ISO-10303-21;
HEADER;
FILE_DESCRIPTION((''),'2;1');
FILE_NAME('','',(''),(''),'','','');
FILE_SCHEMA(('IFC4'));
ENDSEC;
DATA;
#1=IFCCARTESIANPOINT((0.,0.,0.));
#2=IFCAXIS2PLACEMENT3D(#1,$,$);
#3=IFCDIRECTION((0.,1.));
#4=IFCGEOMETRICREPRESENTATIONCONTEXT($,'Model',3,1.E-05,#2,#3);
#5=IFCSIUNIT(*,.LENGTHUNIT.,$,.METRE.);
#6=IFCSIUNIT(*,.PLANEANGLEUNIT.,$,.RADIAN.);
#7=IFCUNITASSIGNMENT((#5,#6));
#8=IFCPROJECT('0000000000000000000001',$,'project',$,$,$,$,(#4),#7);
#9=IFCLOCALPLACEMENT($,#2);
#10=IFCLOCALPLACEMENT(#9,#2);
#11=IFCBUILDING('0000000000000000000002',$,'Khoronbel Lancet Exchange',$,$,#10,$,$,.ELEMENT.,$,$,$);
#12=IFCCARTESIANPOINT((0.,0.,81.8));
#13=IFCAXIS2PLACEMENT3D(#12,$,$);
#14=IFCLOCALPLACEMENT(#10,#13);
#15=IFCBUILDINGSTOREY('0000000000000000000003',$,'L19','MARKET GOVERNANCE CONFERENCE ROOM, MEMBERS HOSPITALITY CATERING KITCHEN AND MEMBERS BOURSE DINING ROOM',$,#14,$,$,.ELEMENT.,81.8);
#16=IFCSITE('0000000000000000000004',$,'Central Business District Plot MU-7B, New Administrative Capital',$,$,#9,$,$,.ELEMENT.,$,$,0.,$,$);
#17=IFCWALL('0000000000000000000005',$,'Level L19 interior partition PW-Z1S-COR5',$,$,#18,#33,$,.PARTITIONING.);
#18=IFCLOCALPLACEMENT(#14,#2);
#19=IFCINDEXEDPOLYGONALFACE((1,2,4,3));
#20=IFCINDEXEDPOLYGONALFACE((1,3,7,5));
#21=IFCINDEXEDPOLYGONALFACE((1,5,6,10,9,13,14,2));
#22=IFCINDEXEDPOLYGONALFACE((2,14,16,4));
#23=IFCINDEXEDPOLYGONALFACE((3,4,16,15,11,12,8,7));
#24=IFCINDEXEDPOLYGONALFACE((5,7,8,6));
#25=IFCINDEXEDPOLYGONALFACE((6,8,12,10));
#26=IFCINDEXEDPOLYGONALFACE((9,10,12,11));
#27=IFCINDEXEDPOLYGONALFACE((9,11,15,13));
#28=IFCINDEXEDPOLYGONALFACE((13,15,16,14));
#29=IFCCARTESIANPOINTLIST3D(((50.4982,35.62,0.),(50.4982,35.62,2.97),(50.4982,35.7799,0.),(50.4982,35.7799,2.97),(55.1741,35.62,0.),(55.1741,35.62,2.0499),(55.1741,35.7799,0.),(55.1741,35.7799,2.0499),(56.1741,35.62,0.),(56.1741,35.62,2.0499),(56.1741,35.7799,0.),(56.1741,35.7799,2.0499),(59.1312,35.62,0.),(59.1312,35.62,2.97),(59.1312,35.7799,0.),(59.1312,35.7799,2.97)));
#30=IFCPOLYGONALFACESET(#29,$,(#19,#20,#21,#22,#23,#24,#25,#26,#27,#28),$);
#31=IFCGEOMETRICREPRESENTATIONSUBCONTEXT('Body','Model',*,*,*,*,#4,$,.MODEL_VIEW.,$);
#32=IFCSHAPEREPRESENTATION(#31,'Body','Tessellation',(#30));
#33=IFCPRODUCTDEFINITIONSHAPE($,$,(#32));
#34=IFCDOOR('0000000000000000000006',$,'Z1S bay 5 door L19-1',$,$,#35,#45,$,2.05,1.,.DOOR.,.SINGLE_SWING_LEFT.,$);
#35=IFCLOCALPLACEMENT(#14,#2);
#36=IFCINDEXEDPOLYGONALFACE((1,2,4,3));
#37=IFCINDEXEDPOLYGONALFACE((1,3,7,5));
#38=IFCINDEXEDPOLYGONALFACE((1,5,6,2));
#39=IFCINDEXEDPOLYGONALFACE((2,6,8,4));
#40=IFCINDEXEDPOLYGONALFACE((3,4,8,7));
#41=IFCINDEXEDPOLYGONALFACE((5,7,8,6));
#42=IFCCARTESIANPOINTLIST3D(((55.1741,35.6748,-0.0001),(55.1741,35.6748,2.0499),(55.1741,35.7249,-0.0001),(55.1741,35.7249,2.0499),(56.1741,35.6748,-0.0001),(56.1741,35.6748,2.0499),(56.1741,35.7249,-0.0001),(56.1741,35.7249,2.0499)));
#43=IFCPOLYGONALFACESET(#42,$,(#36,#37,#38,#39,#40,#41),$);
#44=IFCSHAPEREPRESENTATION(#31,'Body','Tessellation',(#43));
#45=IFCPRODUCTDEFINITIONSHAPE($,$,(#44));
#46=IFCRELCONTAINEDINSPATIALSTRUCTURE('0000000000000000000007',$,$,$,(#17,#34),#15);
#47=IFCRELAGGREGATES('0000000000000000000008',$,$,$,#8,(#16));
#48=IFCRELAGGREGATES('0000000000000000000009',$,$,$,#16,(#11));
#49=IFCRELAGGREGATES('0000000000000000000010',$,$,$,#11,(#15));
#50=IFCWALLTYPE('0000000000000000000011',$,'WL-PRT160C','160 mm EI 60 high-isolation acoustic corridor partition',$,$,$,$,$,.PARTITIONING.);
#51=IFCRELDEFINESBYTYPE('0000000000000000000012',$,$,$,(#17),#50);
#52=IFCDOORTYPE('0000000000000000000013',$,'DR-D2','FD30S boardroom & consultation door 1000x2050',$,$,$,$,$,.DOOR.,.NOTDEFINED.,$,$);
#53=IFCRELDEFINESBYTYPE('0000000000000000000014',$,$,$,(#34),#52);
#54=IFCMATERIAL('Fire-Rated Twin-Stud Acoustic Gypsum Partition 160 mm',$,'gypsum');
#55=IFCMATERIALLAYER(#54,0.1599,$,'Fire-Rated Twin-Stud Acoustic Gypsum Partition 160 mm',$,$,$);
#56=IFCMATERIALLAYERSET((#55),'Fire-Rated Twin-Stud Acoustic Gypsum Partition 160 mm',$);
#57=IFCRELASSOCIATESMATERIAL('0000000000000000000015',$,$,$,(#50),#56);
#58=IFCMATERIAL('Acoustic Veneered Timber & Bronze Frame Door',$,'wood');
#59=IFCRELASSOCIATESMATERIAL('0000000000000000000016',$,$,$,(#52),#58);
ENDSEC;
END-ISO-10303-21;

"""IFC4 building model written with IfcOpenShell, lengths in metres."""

from ifc_helpers import new_model, si_unit, direction, frame, frame_2d, origin, place, context, subcontext, project, spatial, rectangle, extrude, material, layer, layer_set, type_object, element, fill, save


model = new_model("IFC4")

# Units and contexts
model_context = context("Model", 3, precision=1e-05, world=origin(), true_north=direction((0.0, 1.0)))
body_context = subcontext(model_context, "Body", "Model", "MODEL_VIEW")
ifc_project = project(units=[si_unit("LENGTHUNIT", "METRE"), si_unit("PLANEANGLEUNIT", "RADIAN")], contexts=[model_context])

# Site, building, storey
site_placement = place(None, origin())
site = spatial("IfcSite", under=ifc_project, at=site_placement, Name="Central Business District Plot MU-7B, New Administrative Capital", CompositionType="ELEMENT", RefElevation=0.0)
building_placement = place(site_placement, origin())
building = spatial("IfcBuilding", under=site, at=building_placement, Name="Khoronbel Lancet Exchange", CompositionType="ELEMENT")
storey_placement = place(building_placement, frame((0.0, 0.0, 81.8)))
storey = spatial("IfcBuildingStorey", under=building, at=storey_placement, Name="L19", Description="MARKET GOVERNANCE CONFERENCE ROOM, MEMBERS HOSPITALITY CATERING KITCHEN AND MEMBERS BOURSE DINING ROOM", CompositionType="ELEMENT", Elevation=81.8)

# Wall, opening, door
ifc_material_1 = material(Name="Fire-Rated Twin-Stud Acoustic Gypsum Partition 160 mm", Category="gypsum")
ifc_layer_1 = layer(ifc_material_1, 0.1599, Name="Fire-Rated Twin-Stud Acoustic Gypsum Partition 160 mm")
ifc_layer_set_1 = layer_set([ifc_layer_1], Name="Fire-Rated Twin-Stud Acoustic Gypsum Partition 160 mm")
wall_type_1 = type_object("IfcWallType", Name="WL-PRT160C", Description="160 mm EI 60 high-isolation acoustic corridor partition", PredefinedType="PARTITIONING", material=ifc_layer_set_1)
ifc_material_2 = material(Name="Acoustic Veneered Timber & Bronze Frame Door", Category="wood")
door_type_1 = type_object("IfcDoorType", Name="DR-D2", Description="FD30S boardroom & consultation door 1000x2050", OperationType="NOTDEFINED", PredefinedType="DOOR", material=ifc_material_2)
wall_1_placement = place(storey_placement, frame((50.4983, 35.7, 0.0), z_axis=(0.0, 0.0, 1.0), x_axis=(1.0, 0.0, 0.0)))
wall_1 = element("IfcWall", 1, at=wall_1_placement, inside=storey, type_object=wall_type_1, Name="Level L19 interior partition PW-Z1S-COR5", PredefinedType="PARTITIONING", context=body_context, shape_type="SweptSolid", body=[
    extrude(rectangle(XDim=8.6331, YDim=0.1599, at=frame_2d((4.3164, 0.0))), origin(), (0.0, 0.0, 1.0), 2.97),
])
opening_1_placement = place(wall_1_placement, frame((4.6758, 0.0, 0.0)))
opening_1 = element("IfcOpeningElement", 2, at=opening_1_placement, cuts=wall_1, PredefinedType="OPENING", context=body_context, shape_type="SweptSolid", body=[
    extrude(rectangle(XDim=1.0, YDim=2.05, at=frame_2d((0.5, 1.0249))), frame((0.0, 0.0898, 0.0), z_axis=(0.0, -1.0, 0.0), x_axis=(1.0, 0.0, 0.0)), (0.0, 0.0, 1.0), 0.1799),
])
door_1_placement = place(opening_1_placement, origin())
door_1 = element("IfcDoor", 3, at=door_1_placement, inside=storey, type_object=door_type_1, Name="Z1S bay 5 door L19-1", OperationType="SINGLE_SWING_LEFT", OverallHeight=2.05, OverallWidth=1.0, PredefinedType="DOOR", context=body_context, shape_type="SweptSolid", body=[
    extrude(rectangle(XDim=1.0, YDim=2.05, at=frame_2d((0.5, 1.0249))), frame((0.0, 0.0249, 0.0), z_axis=(0.0, -1.0, 0.0), x_axis=(1.0, 0.0, 0.0)), (0.0, 0.0, 1.0), 0.05),
])
fill(opening_1, door_1)

save(model, "model.ifc")
